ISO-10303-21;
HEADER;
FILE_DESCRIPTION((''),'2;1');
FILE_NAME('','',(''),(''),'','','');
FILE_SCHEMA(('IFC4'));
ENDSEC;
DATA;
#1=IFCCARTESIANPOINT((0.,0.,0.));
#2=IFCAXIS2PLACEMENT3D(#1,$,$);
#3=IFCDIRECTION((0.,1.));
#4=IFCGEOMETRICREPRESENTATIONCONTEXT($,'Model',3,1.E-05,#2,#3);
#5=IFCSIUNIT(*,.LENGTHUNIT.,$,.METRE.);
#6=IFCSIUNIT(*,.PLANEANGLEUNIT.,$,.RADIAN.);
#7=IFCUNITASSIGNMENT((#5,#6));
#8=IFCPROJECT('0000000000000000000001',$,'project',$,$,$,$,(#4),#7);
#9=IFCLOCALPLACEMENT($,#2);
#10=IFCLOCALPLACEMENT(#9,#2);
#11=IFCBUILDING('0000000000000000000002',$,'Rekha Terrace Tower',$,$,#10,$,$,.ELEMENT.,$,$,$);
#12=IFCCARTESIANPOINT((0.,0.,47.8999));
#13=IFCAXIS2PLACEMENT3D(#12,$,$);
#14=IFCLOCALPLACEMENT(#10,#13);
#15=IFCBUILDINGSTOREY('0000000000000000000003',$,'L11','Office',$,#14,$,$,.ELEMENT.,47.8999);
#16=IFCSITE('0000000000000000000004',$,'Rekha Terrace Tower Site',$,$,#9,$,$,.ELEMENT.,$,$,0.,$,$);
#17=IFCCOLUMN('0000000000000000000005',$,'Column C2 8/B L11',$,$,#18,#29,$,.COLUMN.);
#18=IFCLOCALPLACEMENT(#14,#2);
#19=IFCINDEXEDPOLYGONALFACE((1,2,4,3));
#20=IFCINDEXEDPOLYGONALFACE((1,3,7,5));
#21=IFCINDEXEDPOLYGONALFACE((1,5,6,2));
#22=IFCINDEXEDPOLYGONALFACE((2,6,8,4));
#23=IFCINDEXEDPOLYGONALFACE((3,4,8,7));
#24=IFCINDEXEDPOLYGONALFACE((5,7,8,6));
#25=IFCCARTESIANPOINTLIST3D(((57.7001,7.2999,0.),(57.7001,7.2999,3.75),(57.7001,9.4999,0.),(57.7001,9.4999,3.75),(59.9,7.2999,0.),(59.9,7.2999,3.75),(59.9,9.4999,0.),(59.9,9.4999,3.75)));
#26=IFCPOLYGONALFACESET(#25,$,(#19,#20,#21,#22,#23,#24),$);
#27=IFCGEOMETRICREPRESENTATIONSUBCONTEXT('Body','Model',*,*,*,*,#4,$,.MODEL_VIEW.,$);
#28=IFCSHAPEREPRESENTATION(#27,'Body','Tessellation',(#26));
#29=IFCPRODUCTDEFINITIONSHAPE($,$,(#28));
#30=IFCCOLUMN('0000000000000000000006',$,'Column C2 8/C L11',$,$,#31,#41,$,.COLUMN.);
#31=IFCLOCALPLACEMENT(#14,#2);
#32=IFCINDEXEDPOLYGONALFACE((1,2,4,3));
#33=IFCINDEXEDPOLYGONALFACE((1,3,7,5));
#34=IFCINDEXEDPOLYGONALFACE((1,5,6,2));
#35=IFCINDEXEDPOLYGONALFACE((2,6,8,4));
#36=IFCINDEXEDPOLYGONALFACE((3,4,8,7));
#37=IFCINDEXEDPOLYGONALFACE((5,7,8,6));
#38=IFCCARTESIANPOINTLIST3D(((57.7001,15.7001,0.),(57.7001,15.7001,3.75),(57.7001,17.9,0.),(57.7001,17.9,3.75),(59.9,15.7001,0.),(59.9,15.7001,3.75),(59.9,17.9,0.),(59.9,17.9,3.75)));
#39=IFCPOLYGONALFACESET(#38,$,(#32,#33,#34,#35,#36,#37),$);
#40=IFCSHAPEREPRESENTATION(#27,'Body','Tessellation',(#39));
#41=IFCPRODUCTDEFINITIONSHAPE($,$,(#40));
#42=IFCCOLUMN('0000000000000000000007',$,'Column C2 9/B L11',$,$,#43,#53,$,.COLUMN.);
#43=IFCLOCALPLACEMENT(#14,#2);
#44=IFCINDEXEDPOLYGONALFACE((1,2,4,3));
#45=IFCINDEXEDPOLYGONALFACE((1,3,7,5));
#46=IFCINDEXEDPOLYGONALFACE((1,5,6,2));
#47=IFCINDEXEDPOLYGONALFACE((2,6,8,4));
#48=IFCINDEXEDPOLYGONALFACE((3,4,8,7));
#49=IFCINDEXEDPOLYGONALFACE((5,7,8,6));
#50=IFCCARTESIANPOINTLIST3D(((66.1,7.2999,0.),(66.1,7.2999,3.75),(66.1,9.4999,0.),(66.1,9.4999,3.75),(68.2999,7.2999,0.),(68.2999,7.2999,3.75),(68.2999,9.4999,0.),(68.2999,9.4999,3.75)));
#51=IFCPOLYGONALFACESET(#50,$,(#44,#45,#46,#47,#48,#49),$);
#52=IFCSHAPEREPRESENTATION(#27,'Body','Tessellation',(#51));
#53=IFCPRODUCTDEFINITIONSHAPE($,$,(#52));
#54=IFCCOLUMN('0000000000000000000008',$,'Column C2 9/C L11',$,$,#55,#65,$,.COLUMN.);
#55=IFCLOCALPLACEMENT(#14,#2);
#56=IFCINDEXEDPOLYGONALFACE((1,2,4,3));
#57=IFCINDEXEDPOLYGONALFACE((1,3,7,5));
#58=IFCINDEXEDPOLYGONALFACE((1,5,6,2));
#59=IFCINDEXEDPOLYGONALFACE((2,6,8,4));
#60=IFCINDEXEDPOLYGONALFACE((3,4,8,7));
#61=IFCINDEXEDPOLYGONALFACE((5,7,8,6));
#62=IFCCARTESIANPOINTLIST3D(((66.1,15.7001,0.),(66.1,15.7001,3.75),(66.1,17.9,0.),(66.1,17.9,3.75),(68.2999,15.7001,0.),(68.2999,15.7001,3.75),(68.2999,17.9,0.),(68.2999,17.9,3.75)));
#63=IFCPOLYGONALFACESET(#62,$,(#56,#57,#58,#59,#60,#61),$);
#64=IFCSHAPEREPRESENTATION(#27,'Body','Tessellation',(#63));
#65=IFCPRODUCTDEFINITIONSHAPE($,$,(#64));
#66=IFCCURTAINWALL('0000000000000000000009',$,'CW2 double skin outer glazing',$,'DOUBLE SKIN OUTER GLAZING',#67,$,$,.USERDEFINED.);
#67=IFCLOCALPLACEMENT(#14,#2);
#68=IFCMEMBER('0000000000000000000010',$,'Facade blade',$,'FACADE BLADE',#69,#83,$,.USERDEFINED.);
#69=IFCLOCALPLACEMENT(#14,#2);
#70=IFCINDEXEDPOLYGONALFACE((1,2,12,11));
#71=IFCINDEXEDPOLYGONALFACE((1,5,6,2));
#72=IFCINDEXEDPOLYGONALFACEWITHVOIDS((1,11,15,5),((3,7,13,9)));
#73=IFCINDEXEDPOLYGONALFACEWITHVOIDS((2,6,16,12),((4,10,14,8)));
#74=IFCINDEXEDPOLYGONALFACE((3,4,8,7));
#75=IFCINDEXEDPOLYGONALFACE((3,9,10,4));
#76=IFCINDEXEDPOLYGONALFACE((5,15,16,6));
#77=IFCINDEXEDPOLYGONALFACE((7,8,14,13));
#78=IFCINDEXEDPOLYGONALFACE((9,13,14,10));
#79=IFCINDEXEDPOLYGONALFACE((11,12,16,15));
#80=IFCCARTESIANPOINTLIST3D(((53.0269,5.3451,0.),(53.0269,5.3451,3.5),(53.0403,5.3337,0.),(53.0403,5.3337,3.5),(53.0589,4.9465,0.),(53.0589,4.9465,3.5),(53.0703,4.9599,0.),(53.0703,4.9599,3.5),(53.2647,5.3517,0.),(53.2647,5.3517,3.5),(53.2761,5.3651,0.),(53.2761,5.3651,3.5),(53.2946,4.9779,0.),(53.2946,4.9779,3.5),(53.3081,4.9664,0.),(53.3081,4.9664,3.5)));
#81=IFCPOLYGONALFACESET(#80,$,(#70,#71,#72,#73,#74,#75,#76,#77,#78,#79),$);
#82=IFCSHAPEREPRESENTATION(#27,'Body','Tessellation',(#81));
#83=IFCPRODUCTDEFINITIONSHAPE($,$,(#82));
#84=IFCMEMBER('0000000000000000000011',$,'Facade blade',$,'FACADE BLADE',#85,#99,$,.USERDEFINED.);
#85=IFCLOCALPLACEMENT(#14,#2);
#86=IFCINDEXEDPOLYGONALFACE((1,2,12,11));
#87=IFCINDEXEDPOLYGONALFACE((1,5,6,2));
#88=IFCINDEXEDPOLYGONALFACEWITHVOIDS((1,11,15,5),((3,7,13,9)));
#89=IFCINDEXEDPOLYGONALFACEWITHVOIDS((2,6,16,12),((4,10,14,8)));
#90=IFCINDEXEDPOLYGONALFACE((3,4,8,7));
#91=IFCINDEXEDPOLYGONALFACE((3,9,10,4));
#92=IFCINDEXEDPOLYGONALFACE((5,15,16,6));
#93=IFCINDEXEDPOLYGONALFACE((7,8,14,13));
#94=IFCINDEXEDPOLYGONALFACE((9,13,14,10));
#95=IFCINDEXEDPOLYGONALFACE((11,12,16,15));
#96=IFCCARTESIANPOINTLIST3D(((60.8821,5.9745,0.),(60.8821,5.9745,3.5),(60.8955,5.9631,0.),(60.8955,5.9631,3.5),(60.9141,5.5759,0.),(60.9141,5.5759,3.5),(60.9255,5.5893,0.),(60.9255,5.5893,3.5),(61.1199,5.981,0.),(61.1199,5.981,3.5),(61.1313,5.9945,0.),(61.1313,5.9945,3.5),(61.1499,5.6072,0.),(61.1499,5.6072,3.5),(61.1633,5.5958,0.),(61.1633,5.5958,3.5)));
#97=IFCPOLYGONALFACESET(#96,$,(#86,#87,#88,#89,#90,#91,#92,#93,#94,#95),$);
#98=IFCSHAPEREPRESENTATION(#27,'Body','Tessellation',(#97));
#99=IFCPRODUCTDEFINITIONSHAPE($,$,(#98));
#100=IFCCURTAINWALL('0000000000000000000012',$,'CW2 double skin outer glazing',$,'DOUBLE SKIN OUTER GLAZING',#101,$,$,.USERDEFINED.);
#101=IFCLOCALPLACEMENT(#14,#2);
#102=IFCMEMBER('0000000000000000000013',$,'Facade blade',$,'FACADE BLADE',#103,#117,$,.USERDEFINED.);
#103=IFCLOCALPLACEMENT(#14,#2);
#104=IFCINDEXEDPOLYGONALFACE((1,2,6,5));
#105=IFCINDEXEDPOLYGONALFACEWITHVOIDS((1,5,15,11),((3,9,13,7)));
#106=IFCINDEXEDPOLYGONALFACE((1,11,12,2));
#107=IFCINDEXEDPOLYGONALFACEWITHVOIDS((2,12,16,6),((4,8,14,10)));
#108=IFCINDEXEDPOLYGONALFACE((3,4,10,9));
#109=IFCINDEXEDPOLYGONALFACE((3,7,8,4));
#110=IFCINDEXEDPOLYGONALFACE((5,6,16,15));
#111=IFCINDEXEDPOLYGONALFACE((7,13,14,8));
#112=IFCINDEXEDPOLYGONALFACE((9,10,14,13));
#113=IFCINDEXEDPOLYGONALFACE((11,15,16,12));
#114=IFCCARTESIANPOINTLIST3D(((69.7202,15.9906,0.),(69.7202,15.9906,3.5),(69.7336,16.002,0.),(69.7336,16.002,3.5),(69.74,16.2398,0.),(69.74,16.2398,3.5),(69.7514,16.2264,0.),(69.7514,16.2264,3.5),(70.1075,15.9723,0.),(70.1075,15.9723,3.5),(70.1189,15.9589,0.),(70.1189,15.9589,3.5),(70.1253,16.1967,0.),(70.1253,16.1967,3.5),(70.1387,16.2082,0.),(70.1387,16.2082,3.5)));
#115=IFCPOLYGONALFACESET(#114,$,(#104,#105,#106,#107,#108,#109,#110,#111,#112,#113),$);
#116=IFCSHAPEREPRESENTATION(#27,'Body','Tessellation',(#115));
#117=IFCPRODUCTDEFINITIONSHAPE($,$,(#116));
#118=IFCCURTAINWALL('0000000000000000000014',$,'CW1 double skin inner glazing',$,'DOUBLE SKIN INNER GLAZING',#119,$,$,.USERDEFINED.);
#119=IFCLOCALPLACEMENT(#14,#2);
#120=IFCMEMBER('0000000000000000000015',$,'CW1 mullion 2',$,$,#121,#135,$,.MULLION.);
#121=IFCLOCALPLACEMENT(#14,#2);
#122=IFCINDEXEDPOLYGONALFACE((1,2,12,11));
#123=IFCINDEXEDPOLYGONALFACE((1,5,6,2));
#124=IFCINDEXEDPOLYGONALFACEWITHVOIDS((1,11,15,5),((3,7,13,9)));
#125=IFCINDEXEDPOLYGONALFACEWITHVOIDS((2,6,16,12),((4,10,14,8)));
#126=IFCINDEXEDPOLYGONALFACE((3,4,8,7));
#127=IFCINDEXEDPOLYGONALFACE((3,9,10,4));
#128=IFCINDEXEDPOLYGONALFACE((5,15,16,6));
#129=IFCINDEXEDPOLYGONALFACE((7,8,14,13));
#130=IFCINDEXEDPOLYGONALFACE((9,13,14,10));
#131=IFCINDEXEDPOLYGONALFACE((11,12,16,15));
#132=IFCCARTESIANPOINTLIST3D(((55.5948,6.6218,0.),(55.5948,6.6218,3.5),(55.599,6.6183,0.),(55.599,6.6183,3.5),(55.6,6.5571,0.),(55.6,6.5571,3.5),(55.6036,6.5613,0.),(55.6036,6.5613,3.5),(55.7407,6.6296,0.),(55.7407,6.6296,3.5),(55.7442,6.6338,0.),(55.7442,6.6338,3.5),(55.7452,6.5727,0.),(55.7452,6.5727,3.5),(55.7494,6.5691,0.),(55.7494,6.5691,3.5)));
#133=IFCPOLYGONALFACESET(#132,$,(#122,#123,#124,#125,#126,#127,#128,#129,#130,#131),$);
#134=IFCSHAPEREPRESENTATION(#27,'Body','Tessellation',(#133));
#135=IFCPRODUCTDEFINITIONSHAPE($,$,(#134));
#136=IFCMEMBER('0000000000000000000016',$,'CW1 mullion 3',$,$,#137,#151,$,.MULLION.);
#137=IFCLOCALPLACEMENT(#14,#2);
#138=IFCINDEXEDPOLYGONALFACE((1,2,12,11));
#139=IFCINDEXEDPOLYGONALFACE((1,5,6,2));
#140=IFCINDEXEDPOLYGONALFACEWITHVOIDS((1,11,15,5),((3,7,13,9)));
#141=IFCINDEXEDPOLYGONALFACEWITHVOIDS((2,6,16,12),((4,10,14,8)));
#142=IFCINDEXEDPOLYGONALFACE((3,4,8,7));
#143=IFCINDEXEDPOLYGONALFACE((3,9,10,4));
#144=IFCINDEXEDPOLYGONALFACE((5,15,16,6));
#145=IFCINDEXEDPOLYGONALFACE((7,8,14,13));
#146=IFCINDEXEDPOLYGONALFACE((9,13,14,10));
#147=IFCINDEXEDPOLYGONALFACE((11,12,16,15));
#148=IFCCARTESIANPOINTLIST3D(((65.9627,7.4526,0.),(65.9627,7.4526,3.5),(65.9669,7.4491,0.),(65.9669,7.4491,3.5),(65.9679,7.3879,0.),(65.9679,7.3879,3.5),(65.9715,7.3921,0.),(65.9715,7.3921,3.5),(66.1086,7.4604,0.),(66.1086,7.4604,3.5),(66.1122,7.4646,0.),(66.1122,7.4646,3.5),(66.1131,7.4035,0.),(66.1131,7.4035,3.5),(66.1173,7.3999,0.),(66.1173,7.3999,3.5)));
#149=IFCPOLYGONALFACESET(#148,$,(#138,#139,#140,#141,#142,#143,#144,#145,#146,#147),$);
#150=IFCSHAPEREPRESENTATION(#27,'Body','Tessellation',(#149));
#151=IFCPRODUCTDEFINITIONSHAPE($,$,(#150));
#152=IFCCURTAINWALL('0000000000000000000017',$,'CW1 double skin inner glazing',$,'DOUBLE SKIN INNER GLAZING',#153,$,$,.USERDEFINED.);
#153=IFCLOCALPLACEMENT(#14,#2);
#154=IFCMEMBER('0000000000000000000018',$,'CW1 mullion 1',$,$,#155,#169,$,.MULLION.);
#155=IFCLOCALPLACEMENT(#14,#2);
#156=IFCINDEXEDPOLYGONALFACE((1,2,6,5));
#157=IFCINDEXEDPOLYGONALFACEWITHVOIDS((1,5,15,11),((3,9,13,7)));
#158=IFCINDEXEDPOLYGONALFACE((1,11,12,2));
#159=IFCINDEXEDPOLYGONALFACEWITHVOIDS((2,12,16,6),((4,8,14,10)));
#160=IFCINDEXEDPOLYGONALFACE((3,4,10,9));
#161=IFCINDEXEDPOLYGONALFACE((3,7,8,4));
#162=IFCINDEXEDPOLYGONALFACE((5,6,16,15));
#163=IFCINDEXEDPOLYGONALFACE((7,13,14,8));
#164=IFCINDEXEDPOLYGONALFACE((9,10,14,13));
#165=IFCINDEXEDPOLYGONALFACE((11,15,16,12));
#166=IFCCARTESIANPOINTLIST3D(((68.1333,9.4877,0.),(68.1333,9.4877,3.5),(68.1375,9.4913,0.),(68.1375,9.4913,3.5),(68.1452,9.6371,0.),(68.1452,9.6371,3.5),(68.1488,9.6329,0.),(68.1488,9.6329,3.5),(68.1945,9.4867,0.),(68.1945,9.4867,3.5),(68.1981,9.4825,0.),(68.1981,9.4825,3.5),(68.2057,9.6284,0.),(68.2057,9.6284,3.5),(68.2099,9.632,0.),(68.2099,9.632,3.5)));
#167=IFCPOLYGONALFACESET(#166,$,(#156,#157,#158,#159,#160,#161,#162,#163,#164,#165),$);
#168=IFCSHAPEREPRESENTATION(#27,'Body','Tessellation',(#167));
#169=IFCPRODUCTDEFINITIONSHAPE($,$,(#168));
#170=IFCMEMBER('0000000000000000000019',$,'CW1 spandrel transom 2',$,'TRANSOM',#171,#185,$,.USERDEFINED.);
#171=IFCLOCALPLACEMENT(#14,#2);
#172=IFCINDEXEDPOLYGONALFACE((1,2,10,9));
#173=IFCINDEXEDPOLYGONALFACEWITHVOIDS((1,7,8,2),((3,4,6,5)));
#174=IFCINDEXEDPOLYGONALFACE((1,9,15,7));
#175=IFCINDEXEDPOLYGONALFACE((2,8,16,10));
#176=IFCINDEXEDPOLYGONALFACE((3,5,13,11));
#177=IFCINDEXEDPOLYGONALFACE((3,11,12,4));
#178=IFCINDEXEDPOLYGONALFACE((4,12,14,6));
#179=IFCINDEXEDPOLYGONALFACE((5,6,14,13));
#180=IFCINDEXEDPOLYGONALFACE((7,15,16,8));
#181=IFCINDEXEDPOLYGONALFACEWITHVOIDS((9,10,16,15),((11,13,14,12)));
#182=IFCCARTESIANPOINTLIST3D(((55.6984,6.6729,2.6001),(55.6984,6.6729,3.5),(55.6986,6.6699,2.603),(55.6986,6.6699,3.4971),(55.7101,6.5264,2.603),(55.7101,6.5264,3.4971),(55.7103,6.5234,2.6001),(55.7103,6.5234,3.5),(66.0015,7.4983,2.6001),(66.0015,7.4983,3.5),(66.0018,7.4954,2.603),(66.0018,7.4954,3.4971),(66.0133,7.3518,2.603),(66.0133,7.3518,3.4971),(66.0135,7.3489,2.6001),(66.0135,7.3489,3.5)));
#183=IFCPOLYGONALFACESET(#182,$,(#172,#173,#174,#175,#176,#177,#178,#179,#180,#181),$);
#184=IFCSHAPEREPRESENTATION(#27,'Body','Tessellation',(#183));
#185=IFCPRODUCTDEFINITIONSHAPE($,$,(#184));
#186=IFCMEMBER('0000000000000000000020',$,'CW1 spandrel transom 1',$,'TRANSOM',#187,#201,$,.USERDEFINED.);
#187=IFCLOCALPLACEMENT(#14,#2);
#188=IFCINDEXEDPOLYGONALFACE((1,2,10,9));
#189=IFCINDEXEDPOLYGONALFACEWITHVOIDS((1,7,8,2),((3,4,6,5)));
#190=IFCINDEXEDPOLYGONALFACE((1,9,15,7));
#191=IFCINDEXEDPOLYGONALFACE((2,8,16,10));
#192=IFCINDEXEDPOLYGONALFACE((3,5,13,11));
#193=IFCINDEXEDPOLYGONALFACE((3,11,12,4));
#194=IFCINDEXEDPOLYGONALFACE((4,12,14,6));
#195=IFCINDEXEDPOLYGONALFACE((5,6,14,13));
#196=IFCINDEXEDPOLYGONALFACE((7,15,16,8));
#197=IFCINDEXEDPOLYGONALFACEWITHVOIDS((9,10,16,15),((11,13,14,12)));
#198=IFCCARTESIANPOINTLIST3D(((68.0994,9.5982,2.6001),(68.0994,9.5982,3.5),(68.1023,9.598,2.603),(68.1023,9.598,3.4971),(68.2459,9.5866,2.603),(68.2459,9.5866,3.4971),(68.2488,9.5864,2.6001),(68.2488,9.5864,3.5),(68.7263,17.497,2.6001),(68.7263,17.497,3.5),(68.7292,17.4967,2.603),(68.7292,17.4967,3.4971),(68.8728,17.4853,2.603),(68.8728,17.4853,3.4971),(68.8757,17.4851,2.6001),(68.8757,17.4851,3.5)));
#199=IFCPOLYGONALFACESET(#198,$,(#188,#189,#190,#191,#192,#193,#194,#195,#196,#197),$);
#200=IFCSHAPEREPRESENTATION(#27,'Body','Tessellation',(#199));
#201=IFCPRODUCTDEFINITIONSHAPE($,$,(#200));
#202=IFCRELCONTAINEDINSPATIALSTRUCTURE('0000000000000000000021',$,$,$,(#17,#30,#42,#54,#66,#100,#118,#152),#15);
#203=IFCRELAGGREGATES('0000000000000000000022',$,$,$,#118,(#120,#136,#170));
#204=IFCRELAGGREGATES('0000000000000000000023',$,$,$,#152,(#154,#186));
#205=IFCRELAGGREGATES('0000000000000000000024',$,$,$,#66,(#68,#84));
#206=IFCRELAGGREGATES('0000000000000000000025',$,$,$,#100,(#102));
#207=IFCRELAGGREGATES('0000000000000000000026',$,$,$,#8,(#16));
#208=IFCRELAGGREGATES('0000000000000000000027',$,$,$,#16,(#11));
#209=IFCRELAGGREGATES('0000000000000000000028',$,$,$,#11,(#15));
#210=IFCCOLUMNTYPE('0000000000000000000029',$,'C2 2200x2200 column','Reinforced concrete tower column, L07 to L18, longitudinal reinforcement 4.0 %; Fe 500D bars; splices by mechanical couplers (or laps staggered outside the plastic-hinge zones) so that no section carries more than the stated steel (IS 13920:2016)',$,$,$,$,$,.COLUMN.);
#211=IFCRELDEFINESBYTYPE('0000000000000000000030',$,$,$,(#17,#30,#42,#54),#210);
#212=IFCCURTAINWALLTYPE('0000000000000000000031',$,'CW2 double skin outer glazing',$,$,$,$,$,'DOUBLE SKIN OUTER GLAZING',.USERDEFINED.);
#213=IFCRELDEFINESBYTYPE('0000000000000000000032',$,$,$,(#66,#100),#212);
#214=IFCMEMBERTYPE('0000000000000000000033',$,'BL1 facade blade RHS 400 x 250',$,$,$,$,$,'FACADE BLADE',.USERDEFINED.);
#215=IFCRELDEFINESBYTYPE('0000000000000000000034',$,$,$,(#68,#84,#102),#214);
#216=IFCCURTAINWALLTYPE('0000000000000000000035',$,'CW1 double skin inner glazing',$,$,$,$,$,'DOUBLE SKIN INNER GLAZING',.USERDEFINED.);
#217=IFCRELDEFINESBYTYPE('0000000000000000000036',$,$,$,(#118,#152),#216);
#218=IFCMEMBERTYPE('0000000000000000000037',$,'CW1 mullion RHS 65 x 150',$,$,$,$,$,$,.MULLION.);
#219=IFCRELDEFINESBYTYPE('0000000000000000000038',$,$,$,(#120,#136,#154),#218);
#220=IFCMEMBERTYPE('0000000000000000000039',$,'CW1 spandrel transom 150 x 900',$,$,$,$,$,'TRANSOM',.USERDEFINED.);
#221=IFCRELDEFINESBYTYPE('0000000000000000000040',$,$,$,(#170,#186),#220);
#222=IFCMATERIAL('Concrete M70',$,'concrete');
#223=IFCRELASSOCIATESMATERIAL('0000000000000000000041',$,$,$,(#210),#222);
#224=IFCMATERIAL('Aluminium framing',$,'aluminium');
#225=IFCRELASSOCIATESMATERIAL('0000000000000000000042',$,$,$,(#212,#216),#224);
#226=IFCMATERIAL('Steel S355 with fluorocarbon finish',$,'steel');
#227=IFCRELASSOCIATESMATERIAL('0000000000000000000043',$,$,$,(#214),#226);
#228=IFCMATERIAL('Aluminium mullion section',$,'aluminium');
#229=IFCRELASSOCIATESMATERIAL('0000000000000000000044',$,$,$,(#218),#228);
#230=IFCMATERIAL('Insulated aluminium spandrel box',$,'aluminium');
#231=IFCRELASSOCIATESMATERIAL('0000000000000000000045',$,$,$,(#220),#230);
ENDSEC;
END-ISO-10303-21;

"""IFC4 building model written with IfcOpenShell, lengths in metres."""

from ifc_helpers import new_model, si_unit, direction, frame, origin, origin_2d, place, context, subcontext, project, spatial, rectangle, hollow_rectangle, extrude, material, material_profile, profile_set, type_object, element, aggregate, save


model = new_model("IFC4")

# Units and contexts
model_context = context("Model", 3, precision=1e-05, world=origin(), true_north=direction((0.0, 1.0)))
body_context = subcontext(model_context, "Body", "Model", "MODEL_VIEW")
ifc_project = project(units=[si_unit("LENGTHUNIT", "METRE"), si_unit("PLANEANGLEUNIT", "RADIAN")], contexts=[model_context])

# Site, building, storey
site_placement = place(None, origin())
site = spatial("IfcSite", under=ifc_project, at=site_placement, Name="Rekha Terrace Tower Site", CompositionType="ELEMENT", RefElevation=0.0)
building_placement = place(site_placement, origin())
building = spatial("IfcBuilding", under=site, at=building_placement, Name="Rekha Terrace Tower", CompositionType="ELEMENT")
storey_placement = place(building_placement, frame((0.0, 0.0, 47.8999)))
storey = spatial("IfcBuildingStorey", under=building, at=storey_placement, Name="L11", Description="Office", CompositionType="ELEMENT", Elevation=47.8999)

# Columns
ifc_material_1 = material(Name="Concrete M70", Category="concrete")
ifc_material_profile_1 = material_profile(ifc_material_1, rectangle(XDim=2.2, YDim=2.2, at=origin_2d()), Name="RC 2200x2200")
ifc_profile_set_1 = profile_set([ifc_material_profile_1], Name="Concrete M70")
column_type = type_object("IfcColumnType", Name="C2 2200x2200 column", Description="Reinforced concrete tower column, L07 to L18, longitudinal reinforcement 4.0 %; Fe 500D bars; splices by mechanical couplers (or laps staggered outside the plastic-hinge zones) so that no section carries more than the stated steel (IS 13920:2016)", PredefinedType="COLUMN", material=ifc_profile_set_1)
for number, where, z_axis, x_axis, name in (
    (1, (58.8, 8.3999, 0.0), (0.0, 0.0, 1.0), (1.0, 0.0, 0.0), "Column C2 8/B L11"),
    (2, (58.8, 16.8, 0.0), (0.0, 0.0, 1.0), (1.0, 0.0, 0.0), "Column C2 8/C L11"),
    (3, (67.2, 8.3999, 0.0), (0.0, 0.0, 1.0), (1.0, 0.0, 0.0), "Column C2 9/B L11"),
    (4, (67.2, 16.8, 0.0), (0.0, 0.0, 1.0), (1.0, 0.0, 0.0), "Column C2 9/C L11"),
):
    element("IfcColumn", number, at=place(storey_placement, frame(where, z_axis=z_axis, x_axis=x_axis)), inside=storey, type_object=column_type, Name=name, PredefinedType="COLUMN", context=body_context, shape_type="SweptSolid", body=[
        extrude(rectangle(XDim=2.2, YDim=2.2, at=origin_2d()), origin(), (0.0, 0.0, 1.0), 3.75),
    ])

# Curtain wall, members
ifc_material_2 = material(Name="Aluminium framing", Category="aluminium")
curtain_wall_type_1 = type_object("IfcCurtainWallType", Name="CW2 double skin outer glazing", ElementType="DOUBLE SKIN OUTER GLAZING", PredefinedType="USERDEFINED", material=ifc_material_2)
curtain_wall_1_placement = place(storey_placement, origin())
curtain_wall_1 = element("IfcCurtainWall", 5, at=curtain_wall_1_placement, inside=storey, type_object=curtain_wall_type_1, Name="CW2 double skin outer glazing", ObjectType="DOUBLE SKIN OUTER GLAZING", PredefinedType="USERDEFINED")
ifc_material_3 = material(Name="Steel S355 with fluorocarbon finish", Category="steel")
ifc_material_profile_2 = material_profile(ifc_material_3, hollow_rectangle(XDim=0.25, YDim=0.3999, WallThickness=0.0125, at=origin_2d()), Name="RHS400x250x12.5")
ifc_profile_set_2 = profile_set([ifc_material_profile_2], Name="Steel S355 with fluorocarbon finish")
member_type_1 = type_object("IfcMemberType", Name="BL1 facade blade RHS 400 x 250", ElementType="FACADE BLADE", PredefinedType="USERDEFINED", material=ifc_profile_set_2)
member_1_placement = place(storey_placement, frame((53.1675, 5.1558, 0.0), z_axis=(0.0, 0.0, 1.0), x_axis=(0.996805, 0.079872, 0.0)))
member_1 = element("IfcMember", 6, at=member_1_placement, type_object=member_type_1, Name="Facade blade", ObjectType="FACADE BLADE", PredefinedType="USERDEFINED", context=body_context, shape_type="SweptSolid", body=[
    extrude(hollow_rectangle(XDim=0.25, YDim=0.3999, WallThickness=0.0125, at=origin_2d()), origin(), (0.0, 0.0, 1.0), 3.5),
])
member_2_placement = place(storey_placement, frame((61.0227, 5.7852, 0.0), z_axis=(0.0, 0.0, 1.0), x_axis=(0.996805, 0.079872, 0.0)))
member_2 = element("IfcMember", 7, at=member_2_placement, type_object=member_type_1, Name="Facade blade", ObjectType="FACADE BLADE", PredefinedType="USERDEFINED", context=body_context, shape_type="SweptSolid", body=[
    extrude(hollow_rectangle(XDim=0.25, YDim=0.3999, WallThickness=0.0125, at=origin_2d()), origin(), (0.0, 0.0, 1.0), 3.5),
])

# Curtain wall, member
curtain_wall_2_placement = place(storey_placement, origin())
curtain_wall_2 = element("IfcCurtainWall", 8, at=curtain_wall_2_placement, inside=storey, type_object=curtain_wall_type_1, Name="CW2 double skin outer glazing", ObjectType="DOUBLE SKIN OUTER GLAZING", PredefinedType="USERDEFINED")
member_3_placement = place(storey_placement, frame((69.9294, 16.0994, 0.0), z_axis=(0.0, 0.0, 1.0), x_axis=(0.079117, 0.996865, 0.0)))
member_3 = element("IfcMember", 9, at=member_3_placement, type_object=member_type_1, Name="Facade blade", ObjectType="FACADE BLADE", PredefinedType="USERDEFINED", context=body_context, shape_type="SweptSolid", body=[
    extrude(hollow_rectangle(XDim=0.25, YDim=0.3999, WallThickness=0.0125, at=origin_2d()), origin(), (0.0, 0.0, 1.0), 3.5),
])

# Curtain wall, members
curtain_wall_type_2 = type_object("IfcCurtainWallType", Name="CW1 double skin inner glazing", ElementType="DOUBLE SKIN INNER GLAZING", PredefinedType="USERDEFINED", material=ifc_material_2)
curtain_wall_3_placement = place(storey_placement, origin())
curtain_wall_3 = element("IfcCurtainWall", 10, at=curtain_wall_3_placement, inside=storey, type_object=curtain_wall_type_2, Name="CW1 double skin inner glazing", ObjectType="DOUBLE SKIN INNER GLAZING", PredefinedType="USERDEFINED")
ifc_material_4 = material(Name="Aluminium mullion section", Category="aluminium")
ifc_material_profile_3 = material_profile(ifc_material_4, hollow_rectangle(XDim=0.0649, YDim=0.1499, WallThickness=0.0039, at=origin_2d()), Name="AL RHS 65x150")
ifc_profile_set_3 = profile_set([ifc_material_profile_3], Name="Aluminium mullion section")
member_type_2 = type_object("IfcMemberType", Name="CW1 mullion RHS 65 x 150", PredefinedType="MULLION", material=ifc_profile_set_3)
member_4_placement = place(storey_placement, frame((55.6721, 6.5955, 0.0), z_axis=(0.0, 0.0, 1.0), x_axis=(-0.079872, 0.996805, 0.0)))
member_4 = element("IfcMember", 11, at=member_4_placement, type_object=member_type_2, Name="CW1 mullion 2", PredefinedType="MULLION", context=body_context, shape_type="SweptSolid", body=[
    extrude(hollow_rectangle(XDim=0.0649, YDim=0.1499, WallThickness=0.0039, at=origin_2d()), origin(), (0.0, 0.0, 1.0), 3.5),
])
member_5_placement = place(storey_placement, frame((66.04, 7.4263, 0.0), z_axis=(0.0, 0.0, 1.0), x_axis=(-0.079872, 0.996805, 0.0)))
member_5 = element("IfcMember", 12, at=member_5_placement, type_object=member_type_2, Name="CW1 mullion 3", PredefinedType="MULLION", context=body_context, shape_type="SweptSolid", body=[
    extrude(hollow_rectangle(XDim=0.0649, YDim=0.1499, WallThickness=0.0039, at=origin_2d()), origin(), (0.0, 0.0, 1.0), 3.5),
])

# Curtain wall, member
curtain_wall_4_placement = place(storey_placement, origin())
curtain_wall_4 = element("IfcCurtainWall", 13, at=curtain_wall_4_placement, inside=storey, type_object=curtain_wall_type_2, Name="CW1 double skin inner glazing", ObjectType="DOUBLE SKIN INNER GLAZING", PredefinedType="USERDEFINED")
member_6_placement = place(storey_placement, frame((68.1716, 9.5598, 0.0), z_axis=(0.0, 0.0, 1.0), x_axis=(-0.996865, 0.079116, 0.0)))
member_6 = element("IfcMember", 14, at=member_6_placement, type_object=member_type_2, Name="CW1 mullion 1", PredefinedType="MULLION", context=body_context, shape_type="SweptSolid", body=[
    extrude(hollow_rectangle(XDim=0.0649, YDim=0.1499, WallThickness=0.0039, at=origin_2d()), origin(), (0.0, 0.0, 1.0), 3.5),
])

# Members
ifc_material_5 = material(Name="Insulated aluminium spandrel box", Category="aluminium")
ifc_material_profile_4 = material_profile(ifc_material_5, hollow_rectangle(XDim=0.1499, YDim=0.8999, WallThickness=0.0029, at=origin_2d()), Name="AL SPANDREL BOX 150x900")
ifc_profile_set_4 = profile_set([ifc_material_profile_4], Name="Insulated aluminium spandrel box")
member_type_3 = type_object("IfcMemberType", Name="CW1 spandrel transom 150 x 900", ElementType="TRANSOM", PredefinedType="USERDEFINED", material=ifc_profile_set_4)
member_7_placement = place(storey_placement, frame((55.7043, 6.5981, 3.05), z_axis=(0.996806, 0.079859, 0.0), x_axis=(-0.079859, 0.996806, 0.0)))
member_7 = element("IfcMember", 15, at=member_7_placement, type_object=member_type_3, Name="CW1 spandrel transom 2", ObjectType="TRANSOM", PredefinedType="USERDEFINED", context=body_context, shape_type="SweptSolid", body=[
    extrude(hollow_rectangle(XDim=0.1499, YDim=0.8999, WallThickness=0.0029, at=origin_2d()), origin(), (0.0, 0.0, 1.0), 10.3362),
])
member_8_placement = place(storey_placement, frame((68.1741, 9.5923, 3.05), z_axis=(0.079126, 0.996865, 0.0), x_axis=(-0.996865, 0.079126, 0.0)))
member_8 = element("IfcMember", 16, at=member_8_placement, type_object=member_type_3, Name="CW1 spandrel transom 1", ObjectType="TRANSOM", PredefinedType="USERDEFINED", context=body_context, shape_type="SweptSolid", body=[
    extrude(hollow_rectangle(XDim=0.1499, YDim=0.8999, WallThickness=0.0029, at=origin_2d()), origin(), (0.0, 0.0, 1.0), 7.9236),
])

aggregate(curtain_wall_3, [member_4, member_5, member_7])
aggregate(curtain_wall_4, [member_6, member_8])
aggregate(curtain_wall_1, [member_1, member_2])
aggregate(curtain_wall_2, [member_3])

save(model, "model.ifc")
